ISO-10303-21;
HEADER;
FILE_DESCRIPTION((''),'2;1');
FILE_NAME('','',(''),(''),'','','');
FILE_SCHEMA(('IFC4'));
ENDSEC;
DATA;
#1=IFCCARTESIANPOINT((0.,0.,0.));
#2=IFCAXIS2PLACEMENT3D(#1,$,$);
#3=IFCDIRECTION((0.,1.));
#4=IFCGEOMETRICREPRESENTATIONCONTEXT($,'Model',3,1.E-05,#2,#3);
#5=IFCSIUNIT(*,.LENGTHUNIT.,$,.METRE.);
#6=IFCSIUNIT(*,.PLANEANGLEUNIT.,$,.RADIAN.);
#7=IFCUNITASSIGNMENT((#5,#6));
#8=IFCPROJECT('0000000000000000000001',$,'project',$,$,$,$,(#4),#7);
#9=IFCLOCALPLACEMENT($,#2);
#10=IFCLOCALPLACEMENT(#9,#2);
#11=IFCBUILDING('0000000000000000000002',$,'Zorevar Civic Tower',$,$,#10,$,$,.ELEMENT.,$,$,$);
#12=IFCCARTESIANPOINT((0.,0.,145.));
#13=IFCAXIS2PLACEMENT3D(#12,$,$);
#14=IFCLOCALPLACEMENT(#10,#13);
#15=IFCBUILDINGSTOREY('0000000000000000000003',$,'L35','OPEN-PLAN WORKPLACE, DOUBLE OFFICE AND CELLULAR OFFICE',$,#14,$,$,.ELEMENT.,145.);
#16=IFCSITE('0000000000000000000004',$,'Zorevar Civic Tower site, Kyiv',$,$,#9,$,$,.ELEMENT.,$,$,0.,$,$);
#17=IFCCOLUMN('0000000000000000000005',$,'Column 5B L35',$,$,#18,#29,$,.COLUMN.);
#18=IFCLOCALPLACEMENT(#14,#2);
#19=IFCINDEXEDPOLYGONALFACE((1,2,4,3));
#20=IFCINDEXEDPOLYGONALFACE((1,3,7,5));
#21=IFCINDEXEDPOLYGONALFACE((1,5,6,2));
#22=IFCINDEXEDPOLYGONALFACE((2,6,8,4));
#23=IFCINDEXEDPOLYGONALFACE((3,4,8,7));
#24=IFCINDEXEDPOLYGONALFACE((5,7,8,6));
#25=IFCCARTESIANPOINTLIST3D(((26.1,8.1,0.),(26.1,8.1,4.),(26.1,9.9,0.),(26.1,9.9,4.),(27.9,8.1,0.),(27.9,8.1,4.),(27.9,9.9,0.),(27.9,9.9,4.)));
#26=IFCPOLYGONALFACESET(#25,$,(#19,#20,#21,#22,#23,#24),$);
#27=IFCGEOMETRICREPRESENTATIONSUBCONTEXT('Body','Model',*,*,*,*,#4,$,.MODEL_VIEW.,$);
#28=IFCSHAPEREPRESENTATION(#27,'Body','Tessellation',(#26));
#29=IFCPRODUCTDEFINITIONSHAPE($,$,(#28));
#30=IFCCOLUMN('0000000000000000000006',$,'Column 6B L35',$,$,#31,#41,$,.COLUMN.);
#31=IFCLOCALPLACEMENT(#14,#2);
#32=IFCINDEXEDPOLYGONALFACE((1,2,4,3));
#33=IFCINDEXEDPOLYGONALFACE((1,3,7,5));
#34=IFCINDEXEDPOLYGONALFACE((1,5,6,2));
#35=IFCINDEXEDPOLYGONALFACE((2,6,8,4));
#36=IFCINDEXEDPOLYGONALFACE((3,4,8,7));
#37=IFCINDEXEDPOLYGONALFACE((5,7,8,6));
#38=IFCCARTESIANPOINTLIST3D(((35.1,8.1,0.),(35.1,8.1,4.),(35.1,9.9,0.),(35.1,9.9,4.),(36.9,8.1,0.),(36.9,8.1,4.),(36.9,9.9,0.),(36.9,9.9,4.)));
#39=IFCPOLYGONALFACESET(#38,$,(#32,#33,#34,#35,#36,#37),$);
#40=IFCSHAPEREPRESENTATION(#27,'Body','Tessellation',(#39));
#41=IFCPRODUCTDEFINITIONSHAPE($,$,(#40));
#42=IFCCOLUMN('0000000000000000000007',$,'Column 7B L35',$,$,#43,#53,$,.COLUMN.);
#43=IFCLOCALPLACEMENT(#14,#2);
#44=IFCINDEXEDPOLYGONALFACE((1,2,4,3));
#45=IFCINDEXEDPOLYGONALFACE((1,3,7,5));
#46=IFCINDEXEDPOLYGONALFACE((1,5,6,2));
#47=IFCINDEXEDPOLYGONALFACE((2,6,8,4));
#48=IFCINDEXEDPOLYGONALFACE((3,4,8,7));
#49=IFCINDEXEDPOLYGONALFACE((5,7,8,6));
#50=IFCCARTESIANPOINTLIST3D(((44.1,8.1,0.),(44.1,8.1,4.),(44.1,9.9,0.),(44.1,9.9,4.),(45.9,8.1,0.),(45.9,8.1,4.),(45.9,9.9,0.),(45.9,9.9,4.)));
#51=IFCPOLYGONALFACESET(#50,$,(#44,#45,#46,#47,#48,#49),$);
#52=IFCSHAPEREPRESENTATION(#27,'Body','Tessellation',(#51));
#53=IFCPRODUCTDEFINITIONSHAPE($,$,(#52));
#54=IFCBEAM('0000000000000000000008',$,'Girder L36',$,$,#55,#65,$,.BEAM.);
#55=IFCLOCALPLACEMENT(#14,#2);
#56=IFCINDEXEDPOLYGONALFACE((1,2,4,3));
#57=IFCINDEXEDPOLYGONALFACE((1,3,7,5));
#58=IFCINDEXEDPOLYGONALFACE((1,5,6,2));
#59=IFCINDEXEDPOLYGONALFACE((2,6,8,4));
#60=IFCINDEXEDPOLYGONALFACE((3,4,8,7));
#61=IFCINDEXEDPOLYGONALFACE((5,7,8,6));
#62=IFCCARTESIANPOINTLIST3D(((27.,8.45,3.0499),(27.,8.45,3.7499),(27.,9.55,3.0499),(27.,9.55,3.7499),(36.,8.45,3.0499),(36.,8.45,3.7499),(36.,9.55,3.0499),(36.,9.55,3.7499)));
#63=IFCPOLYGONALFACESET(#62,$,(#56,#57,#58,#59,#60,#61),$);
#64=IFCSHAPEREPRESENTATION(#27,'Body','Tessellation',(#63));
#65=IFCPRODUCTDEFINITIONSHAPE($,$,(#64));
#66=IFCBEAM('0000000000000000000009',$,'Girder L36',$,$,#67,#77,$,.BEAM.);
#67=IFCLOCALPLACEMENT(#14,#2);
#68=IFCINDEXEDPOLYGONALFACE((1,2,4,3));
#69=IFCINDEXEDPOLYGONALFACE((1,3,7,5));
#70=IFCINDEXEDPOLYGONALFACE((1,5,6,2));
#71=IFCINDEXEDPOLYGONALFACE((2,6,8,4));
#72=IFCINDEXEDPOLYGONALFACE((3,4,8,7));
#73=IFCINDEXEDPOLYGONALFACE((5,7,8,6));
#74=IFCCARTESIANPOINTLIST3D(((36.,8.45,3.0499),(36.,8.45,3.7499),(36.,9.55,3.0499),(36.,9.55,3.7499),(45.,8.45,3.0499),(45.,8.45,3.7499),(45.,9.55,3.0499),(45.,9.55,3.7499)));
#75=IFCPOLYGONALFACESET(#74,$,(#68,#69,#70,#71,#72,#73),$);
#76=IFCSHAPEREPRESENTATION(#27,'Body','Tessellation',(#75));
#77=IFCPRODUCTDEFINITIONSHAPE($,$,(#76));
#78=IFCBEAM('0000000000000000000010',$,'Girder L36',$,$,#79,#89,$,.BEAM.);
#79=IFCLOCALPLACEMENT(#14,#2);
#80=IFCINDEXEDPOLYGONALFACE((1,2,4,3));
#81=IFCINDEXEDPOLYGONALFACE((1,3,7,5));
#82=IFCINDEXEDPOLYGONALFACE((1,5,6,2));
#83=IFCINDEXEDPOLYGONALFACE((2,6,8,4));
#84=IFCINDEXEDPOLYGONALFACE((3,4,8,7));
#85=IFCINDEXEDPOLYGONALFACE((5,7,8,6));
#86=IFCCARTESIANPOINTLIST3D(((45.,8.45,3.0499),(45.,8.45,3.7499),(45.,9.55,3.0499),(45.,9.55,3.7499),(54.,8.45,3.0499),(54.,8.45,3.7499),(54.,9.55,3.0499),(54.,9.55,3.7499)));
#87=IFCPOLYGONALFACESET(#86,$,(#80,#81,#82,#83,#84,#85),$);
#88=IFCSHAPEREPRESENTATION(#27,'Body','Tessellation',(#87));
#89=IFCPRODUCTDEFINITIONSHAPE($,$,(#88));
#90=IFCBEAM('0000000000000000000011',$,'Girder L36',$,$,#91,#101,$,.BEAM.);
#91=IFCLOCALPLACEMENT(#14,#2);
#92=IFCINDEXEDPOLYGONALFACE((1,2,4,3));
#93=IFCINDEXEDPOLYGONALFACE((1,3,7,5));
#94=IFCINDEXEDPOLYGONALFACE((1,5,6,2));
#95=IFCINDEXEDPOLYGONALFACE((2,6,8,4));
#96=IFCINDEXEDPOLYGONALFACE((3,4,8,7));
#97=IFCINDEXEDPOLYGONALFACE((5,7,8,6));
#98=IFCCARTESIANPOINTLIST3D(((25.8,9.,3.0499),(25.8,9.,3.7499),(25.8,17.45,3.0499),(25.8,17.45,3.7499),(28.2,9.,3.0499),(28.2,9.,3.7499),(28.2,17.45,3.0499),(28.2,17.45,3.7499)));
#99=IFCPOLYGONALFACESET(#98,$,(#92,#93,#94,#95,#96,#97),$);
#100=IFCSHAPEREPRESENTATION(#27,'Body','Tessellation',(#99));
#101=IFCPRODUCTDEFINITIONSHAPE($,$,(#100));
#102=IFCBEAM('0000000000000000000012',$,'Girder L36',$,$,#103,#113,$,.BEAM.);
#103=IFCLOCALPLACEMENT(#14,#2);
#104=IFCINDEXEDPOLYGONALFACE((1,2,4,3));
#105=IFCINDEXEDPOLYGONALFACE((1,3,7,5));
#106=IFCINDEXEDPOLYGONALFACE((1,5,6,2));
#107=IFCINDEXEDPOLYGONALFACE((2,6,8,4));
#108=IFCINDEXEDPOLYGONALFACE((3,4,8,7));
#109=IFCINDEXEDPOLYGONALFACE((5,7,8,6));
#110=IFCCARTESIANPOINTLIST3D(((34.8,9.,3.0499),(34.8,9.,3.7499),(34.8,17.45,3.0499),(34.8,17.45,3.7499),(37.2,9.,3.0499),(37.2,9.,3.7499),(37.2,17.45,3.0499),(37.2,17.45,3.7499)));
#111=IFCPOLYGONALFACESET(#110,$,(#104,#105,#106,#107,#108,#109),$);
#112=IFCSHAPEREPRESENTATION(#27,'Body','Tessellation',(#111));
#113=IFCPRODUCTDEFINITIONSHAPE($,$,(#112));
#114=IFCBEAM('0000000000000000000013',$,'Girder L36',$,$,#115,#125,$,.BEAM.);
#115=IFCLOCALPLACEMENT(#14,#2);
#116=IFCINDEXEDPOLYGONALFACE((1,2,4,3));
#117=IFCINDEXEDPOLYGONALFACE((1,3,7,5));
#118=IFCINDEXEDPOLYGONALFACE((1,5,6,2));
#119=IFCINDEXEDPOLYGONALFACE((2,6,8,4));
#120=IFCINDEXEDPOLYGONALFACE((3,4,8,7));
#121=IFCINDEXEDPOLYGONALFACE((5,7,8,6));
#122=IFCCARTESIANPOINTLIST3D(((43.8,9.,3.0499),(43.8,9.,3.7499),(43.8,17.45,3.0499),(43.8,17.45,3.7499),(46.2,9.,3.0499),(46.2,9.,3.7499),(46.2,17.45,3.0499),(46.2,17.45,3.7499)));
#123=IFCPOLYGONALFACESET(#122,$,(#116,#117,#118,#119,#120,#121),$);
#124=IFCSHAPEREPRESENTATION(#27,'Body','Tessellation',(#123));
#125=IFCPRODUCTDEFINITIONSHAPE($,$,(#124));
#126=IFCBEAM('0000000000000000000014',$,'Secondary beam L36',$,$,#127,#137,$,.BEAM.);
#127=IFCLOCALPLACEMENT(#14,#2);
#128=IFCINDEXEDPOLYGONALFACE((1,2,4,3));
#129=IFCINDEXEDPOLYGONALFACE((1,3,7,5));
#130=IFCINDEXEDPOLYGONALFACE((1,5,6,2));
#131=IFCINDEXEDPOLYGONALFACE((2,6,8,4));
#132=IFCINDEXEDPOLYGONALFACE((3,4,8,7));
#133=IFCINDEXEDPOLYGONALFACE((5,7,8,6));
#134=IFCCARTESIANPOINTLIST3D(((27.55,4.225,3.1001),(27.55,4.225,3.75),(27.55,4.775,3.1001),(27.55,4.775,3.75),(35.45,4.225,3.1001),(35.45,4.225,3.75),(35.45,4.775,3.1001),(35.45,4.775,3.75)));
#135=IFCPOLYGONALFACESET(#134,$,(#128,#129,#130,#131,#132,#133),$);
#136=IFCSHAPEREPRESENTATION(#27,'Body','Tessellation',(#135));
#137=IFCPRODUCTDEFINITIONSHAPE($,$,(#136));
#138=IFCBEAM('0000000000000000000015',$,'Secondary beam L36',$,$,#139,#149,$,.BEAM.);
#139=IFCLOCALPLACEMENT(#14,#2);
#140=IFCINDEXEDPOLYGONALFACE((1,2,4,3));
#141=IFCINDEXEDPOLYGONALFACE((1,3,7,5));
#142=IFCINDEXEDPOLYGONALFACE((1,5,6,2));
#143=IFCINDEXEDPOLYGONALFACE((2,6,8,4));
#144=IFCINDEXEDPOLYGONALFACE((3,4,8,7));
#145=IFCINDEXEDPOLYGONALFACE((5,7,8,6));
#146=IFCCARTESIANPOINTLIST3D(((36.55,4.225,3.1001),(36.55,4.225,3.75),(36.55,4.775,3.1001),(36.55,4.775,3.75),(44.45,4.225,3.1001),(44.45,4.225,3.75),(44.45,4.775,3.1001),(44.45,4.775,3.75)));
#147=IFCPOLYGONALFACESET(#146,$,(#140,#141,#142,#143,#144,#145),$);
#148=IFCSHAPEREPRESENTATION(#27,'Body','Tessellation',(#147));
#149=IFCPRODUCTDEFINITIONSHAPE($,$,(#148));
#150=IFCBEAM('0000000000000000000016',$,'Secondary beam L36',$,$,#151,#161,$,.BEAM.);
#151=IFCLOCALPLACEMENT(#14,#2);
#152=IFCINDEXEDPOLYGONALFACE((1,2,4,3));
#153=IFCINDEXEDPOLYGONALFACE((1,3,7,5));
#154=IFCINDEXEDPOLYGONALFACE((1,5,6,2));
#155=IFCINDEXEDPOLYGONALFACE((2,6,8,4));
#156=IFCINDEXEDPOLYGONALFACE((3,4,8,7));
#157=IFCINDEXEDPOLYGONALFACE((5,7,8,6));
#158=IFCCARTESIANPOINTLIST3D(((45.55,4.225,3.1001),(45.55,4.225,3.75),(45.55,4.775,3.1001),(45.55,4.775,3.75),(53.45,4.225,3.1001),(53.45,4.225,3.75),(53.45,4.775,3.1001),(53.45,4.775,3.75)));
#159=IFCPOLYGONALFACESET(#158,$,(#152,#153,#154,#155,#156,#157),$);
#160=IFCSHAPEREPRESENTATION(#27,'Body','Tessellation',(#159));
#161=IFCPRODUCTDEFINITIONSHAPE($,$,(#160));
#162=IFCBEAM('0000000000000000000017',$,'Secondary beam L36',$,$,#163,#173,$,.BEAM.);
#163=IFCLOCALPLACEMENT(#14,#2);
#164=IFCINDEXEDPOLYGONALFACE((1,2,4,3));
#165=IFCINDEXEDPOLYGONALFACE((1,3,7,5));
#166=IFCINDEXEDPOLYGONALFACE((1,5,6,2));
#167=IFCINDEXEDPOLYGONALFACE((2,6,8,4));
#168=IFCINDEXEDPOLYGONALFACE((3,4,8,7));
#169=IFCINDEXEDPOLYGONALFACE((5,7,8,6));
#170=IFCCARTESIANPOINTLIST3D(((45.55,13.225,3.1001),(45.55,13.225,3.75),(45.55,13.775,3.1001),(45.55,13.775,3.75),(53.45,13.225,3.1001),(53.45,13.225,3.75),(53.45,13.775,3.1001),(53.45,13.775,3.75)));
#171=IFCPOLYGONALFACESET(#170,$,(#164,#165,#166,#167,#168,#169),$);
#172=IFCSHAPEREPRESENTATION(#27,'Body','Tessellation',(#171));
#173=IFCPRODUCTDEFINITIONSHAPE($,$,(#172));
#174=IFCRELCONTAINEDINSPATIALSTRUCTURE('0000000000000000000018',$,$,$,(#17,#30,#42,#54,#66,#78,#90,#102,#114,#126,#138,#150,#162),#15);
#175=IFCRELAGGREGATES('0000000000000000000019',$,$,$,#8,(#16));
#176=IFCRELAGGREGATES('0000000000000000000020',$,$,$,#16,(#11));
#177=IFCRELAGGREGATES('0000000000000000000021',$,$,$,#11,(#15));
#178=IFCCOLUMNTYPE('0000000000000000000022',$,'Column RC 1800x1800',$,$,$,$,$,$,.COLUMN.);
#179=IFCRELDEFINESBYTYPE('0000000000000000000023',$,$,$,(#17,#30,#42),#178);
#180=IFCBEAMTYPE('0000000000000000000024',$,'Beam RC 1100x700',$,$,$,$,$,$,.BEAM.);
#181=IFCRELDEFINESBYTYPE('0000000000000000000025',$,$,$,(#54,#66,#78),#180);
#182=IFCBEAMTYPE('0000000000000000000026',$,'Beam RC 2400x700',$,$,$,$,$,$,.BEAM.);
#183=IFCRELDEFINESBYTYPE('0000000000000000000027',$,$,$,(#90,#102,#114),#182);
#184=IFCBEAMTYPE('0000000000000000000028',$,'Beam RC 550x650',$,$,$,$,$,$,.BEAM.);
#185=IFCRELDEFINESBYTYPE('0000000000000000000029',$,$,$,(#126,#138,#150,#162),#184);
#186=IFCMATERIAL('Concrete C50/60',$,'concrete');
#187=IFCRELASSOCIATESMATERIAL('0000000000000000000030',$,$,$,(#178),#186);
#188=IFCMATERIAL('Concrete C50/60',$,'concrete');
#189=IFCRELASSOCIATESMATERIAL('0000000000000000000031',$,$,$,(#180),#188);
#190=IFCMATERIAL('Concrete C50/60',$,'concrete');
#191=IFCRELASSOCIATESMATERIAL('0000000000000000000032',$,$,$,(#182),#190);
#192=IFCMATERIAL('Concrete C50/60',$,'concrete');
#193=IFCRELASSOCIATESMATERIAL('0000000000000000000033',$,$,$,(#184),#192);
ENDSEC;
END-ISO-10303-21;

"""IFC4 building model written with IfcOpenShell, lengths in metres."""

from ifc_helpers import new_model, si_unit, direction, frame, origin, origin_2d, place, context, subcontext, project, spatial, rectangle, extrude, material, material_profile, profile_set, type_object, element, save


model = new_model("IFC4")

# Units and contexts
model_context = context("Model", 3, precision=1e-05, world=origin(), true_north=direction((0.0, 1.0)))
body_context = subcontext(model_context, "Body", "Model", "MODEL_VIEW")
ifc_project = project(units=[si_unit("LENGTHUNIT", "METRE"), si_unit("PLANEANGLEUNIT", "RADIAN")], contexts=[model_context])

# Site, building, storey
site_placement = place(None, origin())
site = spatial("IfcSite", under=ifc_project, at=site_placement, Name="Zorevar Civic Tower site, Kyiv", CompositionType="ELEMENT", RefElevation=0.0)
building_placement = place(site_placement, origin())
building = spatial("IfcBuilding", under=site, at=building_placement, Name="Zorevar Civic Tower", CompositionType="ELEMENT")
storey_placement = place(building_placement, frame((0.0, 0.0, 145.0)))
storey = spatial("IfcBuildingStorey", under=building, at=storey_placement, Name="L35", Description="OPEN-PLAN WORKPLACE, DOUBLE OFFICE AND CELLULAR OFFICE", CompositionType="ELEMENT", Elevation=145.0)

# Columns
ifc_material_1 = material(Name="Concrete C50/60", Category="concrete")
ifc_material_profile_1 = material_profile(ifc_material_1, rectangle(XDim=1.8, YDim=1.8, at=origin_2d()), Name="RC 1800x1800")
ifc_profile_set_1 = profile_set([ifc_material_profile_1], Name="Concrete C50/60")
column_type = type_object("IfcColumnType", Name="Column RC 1800x1800", PredefinedType="COLUMN", material=ifc_profile_set_1)
for number, where, z_axis, x_axis, name in (
    (1, (27.0, 9.0, 0.0), (0.0, 0.0, 1.0), (1.0, 0.0, 0.0), "Column 5B L35"),
    (2, (36.0, 9.0, 0.0), (0.0, 0.0, 1.0), (1.0, 0.0, 0.0), "Column 6B L35"),
    (3, (45.0, 9.0, 0.0), (0.0, 0.0, 1.0), (1.0, 0.0, 0.0), "Column 7B L35"),
):
    element("IfcColumn", number, at=place(storey_placement, frame(where, z_axis=z_axis, x_axis=x_axis)), inside=storey, type_object=column_type, Name=name, PredefinedType="COLUMN", context=body_context, shape_type="SweptSolid", body=[
        extrude(rectangle(XDim=1.8, YDim=1.8, at=origin_2d()), origin(), (0.0, 0.0, 1.0), 4.0),
    ])

# Beams
ifc_material_2 = material(Name="Concrete C50/60", Category="concrete")
ifc_material_profile_2 = material_profile(ifc_material_2, rectangle(XDim=1.1001, YDim=0.7, at=origin_2d()), Name="RC 1100x700")
ifc_profile_set_2 = profile_set([ifc_material_profile_2], Name="Concrete C50/60")
beam_type_1 = type_object("IfcBeamType", Name="Beam RC 1100x700", PredefinedType="BEAM", material=ifc_profile_set_2)
for number, where, z_axis, x_axis, name in (
    (4, (27.0, 9.0, 3.3999), (1.0, 0.0, 0.0), (0.0, 1.0, 0.0), "Girder L36"),
    (5, (36.0, 9.0, 3.3999), (1.0, 0.0, 0.0), (0.0, 1.0, 0.0), "Girder L36"),
    (6, (45.0, 9.0, 3.3999), (1.0, 0.0, 0.0), (0.0, 1.0, 0.0), "Girder L36"),
):
    element("IfcBeam", number, at=place(storey_placement, frame(where, z_axis=z_axis, x_axis=x_axis)), inside=storey, type_object=beam_type_1, Name=name, PredefinedType="BEAM", context=body_context, shape_type="SweptSolid", body=[
        extrude(rectangle(XDim=1.1001, YDim=0.7, at=origin_2d()), origin(), (0.0, 0.0, 1.0), 9.0),
    ])
ifc_material_3 = material(Name="Concrete C50/60", Category="concrete")
ifc_material_profile_3 = material_profile(ifc_material_3, rectangle(XDim=2.3999, YDim=0.7, at=origin_2d()), Name="RC 2400x700")
ifc_profile_set_3 = profile_set([ifc_material_profile_3], Name="Concrete C50/60")
beam_type_2 = type_object("IfcBeamType", Name="Beam RC 2400x700", PredefinedType="BEAM", material=ifc_profile_set_3)
for number, where, z_axis, x_axis, name in (
    (7, (27.0, 9.0, 3.3999), (0.0, 1.0, 0.0), (-1.0, 0.0, 0.0), "Girder L36"),
    (8, (36.0, 9.0, 3.3999), (0.0, 1.0, 0.0), (-1.0, 0.0, 0.0), "Girder L36"),
    (9, (45.0, 9.0, 3.3999), (0.0, 1.0, 0.0), (-1.0, 0.0, 0.0), "Girder L36"),
):
    element("IfcBeam", number, at=place(storey_placement, frame(where, z_axis=z_axis, x_axis=x_axis)), inside=storey, type_object=beam_type_2, Name=name, PredefinedType="BEAM", context=body_context, shape_type="SweptSolid", body=[
        extrude(rectangle(XDim=2.3999, YDim=0.7, at=origin_2d()), origin(), (0.0, 0.0, 1.0), 8.45),
    ])
ifc_material_4 = material(Name="Concrete C50/60", Category="concrete")
ifc_material_profile_4 = material_profile(ifc_material_4, rectangle(XDim=0.55, YDim=0.6499, at=origin_2d()), Name="RC 550x650")
ifc_profile_set_4 = profile_set([ifc_material_profile_4], Name="Concrete C50/60")
beam_type_3 = type_object("IfcBeamType", Name="Beam RC 550x650", PredefinedType="BEAM", material=ifc_profile_set_4)
for number, where, z_axis, x_axis, name in (
    (10, (27.55, 4.5, 3.425), (1.0, 0.0, 0.0), (0.0, 1.0, 0.0), "Secondary beam L36"),
    (11, (36.55, 4.5, 3.425), (1.0, 0.0, 0.0), (0.0, 1.0, 0.0), "Secondary beam L36"),
    (12, (45.55, 4.5, 3.425), (1.0, 0.0, 0.0), (0.0, 1.0, 0.0), "Secondary beam L36"),
    (13, (45.55, 13.5, 3.425), (1.0, 0.0, 0.0), (0.0, 1.0, 0.0), "Secondary beam L36"),
):
    element("IfcBeam", number, at=place(storey_placement, frame(where, z_axis=z_axis, x_axis=x_axis)), inside=storey, type_object=beam_type_3, Name=name, PredefinedType="BEAM", context=body_context, shape_type="SweptSolid", body=[
        extrude(rectangle(XDim=0.55, YDim=0.6499, at=origin_2d()), origin(), (0.0, 0.0, 1.0), 7.8999),
    ])

save(model, "model.ifc")
